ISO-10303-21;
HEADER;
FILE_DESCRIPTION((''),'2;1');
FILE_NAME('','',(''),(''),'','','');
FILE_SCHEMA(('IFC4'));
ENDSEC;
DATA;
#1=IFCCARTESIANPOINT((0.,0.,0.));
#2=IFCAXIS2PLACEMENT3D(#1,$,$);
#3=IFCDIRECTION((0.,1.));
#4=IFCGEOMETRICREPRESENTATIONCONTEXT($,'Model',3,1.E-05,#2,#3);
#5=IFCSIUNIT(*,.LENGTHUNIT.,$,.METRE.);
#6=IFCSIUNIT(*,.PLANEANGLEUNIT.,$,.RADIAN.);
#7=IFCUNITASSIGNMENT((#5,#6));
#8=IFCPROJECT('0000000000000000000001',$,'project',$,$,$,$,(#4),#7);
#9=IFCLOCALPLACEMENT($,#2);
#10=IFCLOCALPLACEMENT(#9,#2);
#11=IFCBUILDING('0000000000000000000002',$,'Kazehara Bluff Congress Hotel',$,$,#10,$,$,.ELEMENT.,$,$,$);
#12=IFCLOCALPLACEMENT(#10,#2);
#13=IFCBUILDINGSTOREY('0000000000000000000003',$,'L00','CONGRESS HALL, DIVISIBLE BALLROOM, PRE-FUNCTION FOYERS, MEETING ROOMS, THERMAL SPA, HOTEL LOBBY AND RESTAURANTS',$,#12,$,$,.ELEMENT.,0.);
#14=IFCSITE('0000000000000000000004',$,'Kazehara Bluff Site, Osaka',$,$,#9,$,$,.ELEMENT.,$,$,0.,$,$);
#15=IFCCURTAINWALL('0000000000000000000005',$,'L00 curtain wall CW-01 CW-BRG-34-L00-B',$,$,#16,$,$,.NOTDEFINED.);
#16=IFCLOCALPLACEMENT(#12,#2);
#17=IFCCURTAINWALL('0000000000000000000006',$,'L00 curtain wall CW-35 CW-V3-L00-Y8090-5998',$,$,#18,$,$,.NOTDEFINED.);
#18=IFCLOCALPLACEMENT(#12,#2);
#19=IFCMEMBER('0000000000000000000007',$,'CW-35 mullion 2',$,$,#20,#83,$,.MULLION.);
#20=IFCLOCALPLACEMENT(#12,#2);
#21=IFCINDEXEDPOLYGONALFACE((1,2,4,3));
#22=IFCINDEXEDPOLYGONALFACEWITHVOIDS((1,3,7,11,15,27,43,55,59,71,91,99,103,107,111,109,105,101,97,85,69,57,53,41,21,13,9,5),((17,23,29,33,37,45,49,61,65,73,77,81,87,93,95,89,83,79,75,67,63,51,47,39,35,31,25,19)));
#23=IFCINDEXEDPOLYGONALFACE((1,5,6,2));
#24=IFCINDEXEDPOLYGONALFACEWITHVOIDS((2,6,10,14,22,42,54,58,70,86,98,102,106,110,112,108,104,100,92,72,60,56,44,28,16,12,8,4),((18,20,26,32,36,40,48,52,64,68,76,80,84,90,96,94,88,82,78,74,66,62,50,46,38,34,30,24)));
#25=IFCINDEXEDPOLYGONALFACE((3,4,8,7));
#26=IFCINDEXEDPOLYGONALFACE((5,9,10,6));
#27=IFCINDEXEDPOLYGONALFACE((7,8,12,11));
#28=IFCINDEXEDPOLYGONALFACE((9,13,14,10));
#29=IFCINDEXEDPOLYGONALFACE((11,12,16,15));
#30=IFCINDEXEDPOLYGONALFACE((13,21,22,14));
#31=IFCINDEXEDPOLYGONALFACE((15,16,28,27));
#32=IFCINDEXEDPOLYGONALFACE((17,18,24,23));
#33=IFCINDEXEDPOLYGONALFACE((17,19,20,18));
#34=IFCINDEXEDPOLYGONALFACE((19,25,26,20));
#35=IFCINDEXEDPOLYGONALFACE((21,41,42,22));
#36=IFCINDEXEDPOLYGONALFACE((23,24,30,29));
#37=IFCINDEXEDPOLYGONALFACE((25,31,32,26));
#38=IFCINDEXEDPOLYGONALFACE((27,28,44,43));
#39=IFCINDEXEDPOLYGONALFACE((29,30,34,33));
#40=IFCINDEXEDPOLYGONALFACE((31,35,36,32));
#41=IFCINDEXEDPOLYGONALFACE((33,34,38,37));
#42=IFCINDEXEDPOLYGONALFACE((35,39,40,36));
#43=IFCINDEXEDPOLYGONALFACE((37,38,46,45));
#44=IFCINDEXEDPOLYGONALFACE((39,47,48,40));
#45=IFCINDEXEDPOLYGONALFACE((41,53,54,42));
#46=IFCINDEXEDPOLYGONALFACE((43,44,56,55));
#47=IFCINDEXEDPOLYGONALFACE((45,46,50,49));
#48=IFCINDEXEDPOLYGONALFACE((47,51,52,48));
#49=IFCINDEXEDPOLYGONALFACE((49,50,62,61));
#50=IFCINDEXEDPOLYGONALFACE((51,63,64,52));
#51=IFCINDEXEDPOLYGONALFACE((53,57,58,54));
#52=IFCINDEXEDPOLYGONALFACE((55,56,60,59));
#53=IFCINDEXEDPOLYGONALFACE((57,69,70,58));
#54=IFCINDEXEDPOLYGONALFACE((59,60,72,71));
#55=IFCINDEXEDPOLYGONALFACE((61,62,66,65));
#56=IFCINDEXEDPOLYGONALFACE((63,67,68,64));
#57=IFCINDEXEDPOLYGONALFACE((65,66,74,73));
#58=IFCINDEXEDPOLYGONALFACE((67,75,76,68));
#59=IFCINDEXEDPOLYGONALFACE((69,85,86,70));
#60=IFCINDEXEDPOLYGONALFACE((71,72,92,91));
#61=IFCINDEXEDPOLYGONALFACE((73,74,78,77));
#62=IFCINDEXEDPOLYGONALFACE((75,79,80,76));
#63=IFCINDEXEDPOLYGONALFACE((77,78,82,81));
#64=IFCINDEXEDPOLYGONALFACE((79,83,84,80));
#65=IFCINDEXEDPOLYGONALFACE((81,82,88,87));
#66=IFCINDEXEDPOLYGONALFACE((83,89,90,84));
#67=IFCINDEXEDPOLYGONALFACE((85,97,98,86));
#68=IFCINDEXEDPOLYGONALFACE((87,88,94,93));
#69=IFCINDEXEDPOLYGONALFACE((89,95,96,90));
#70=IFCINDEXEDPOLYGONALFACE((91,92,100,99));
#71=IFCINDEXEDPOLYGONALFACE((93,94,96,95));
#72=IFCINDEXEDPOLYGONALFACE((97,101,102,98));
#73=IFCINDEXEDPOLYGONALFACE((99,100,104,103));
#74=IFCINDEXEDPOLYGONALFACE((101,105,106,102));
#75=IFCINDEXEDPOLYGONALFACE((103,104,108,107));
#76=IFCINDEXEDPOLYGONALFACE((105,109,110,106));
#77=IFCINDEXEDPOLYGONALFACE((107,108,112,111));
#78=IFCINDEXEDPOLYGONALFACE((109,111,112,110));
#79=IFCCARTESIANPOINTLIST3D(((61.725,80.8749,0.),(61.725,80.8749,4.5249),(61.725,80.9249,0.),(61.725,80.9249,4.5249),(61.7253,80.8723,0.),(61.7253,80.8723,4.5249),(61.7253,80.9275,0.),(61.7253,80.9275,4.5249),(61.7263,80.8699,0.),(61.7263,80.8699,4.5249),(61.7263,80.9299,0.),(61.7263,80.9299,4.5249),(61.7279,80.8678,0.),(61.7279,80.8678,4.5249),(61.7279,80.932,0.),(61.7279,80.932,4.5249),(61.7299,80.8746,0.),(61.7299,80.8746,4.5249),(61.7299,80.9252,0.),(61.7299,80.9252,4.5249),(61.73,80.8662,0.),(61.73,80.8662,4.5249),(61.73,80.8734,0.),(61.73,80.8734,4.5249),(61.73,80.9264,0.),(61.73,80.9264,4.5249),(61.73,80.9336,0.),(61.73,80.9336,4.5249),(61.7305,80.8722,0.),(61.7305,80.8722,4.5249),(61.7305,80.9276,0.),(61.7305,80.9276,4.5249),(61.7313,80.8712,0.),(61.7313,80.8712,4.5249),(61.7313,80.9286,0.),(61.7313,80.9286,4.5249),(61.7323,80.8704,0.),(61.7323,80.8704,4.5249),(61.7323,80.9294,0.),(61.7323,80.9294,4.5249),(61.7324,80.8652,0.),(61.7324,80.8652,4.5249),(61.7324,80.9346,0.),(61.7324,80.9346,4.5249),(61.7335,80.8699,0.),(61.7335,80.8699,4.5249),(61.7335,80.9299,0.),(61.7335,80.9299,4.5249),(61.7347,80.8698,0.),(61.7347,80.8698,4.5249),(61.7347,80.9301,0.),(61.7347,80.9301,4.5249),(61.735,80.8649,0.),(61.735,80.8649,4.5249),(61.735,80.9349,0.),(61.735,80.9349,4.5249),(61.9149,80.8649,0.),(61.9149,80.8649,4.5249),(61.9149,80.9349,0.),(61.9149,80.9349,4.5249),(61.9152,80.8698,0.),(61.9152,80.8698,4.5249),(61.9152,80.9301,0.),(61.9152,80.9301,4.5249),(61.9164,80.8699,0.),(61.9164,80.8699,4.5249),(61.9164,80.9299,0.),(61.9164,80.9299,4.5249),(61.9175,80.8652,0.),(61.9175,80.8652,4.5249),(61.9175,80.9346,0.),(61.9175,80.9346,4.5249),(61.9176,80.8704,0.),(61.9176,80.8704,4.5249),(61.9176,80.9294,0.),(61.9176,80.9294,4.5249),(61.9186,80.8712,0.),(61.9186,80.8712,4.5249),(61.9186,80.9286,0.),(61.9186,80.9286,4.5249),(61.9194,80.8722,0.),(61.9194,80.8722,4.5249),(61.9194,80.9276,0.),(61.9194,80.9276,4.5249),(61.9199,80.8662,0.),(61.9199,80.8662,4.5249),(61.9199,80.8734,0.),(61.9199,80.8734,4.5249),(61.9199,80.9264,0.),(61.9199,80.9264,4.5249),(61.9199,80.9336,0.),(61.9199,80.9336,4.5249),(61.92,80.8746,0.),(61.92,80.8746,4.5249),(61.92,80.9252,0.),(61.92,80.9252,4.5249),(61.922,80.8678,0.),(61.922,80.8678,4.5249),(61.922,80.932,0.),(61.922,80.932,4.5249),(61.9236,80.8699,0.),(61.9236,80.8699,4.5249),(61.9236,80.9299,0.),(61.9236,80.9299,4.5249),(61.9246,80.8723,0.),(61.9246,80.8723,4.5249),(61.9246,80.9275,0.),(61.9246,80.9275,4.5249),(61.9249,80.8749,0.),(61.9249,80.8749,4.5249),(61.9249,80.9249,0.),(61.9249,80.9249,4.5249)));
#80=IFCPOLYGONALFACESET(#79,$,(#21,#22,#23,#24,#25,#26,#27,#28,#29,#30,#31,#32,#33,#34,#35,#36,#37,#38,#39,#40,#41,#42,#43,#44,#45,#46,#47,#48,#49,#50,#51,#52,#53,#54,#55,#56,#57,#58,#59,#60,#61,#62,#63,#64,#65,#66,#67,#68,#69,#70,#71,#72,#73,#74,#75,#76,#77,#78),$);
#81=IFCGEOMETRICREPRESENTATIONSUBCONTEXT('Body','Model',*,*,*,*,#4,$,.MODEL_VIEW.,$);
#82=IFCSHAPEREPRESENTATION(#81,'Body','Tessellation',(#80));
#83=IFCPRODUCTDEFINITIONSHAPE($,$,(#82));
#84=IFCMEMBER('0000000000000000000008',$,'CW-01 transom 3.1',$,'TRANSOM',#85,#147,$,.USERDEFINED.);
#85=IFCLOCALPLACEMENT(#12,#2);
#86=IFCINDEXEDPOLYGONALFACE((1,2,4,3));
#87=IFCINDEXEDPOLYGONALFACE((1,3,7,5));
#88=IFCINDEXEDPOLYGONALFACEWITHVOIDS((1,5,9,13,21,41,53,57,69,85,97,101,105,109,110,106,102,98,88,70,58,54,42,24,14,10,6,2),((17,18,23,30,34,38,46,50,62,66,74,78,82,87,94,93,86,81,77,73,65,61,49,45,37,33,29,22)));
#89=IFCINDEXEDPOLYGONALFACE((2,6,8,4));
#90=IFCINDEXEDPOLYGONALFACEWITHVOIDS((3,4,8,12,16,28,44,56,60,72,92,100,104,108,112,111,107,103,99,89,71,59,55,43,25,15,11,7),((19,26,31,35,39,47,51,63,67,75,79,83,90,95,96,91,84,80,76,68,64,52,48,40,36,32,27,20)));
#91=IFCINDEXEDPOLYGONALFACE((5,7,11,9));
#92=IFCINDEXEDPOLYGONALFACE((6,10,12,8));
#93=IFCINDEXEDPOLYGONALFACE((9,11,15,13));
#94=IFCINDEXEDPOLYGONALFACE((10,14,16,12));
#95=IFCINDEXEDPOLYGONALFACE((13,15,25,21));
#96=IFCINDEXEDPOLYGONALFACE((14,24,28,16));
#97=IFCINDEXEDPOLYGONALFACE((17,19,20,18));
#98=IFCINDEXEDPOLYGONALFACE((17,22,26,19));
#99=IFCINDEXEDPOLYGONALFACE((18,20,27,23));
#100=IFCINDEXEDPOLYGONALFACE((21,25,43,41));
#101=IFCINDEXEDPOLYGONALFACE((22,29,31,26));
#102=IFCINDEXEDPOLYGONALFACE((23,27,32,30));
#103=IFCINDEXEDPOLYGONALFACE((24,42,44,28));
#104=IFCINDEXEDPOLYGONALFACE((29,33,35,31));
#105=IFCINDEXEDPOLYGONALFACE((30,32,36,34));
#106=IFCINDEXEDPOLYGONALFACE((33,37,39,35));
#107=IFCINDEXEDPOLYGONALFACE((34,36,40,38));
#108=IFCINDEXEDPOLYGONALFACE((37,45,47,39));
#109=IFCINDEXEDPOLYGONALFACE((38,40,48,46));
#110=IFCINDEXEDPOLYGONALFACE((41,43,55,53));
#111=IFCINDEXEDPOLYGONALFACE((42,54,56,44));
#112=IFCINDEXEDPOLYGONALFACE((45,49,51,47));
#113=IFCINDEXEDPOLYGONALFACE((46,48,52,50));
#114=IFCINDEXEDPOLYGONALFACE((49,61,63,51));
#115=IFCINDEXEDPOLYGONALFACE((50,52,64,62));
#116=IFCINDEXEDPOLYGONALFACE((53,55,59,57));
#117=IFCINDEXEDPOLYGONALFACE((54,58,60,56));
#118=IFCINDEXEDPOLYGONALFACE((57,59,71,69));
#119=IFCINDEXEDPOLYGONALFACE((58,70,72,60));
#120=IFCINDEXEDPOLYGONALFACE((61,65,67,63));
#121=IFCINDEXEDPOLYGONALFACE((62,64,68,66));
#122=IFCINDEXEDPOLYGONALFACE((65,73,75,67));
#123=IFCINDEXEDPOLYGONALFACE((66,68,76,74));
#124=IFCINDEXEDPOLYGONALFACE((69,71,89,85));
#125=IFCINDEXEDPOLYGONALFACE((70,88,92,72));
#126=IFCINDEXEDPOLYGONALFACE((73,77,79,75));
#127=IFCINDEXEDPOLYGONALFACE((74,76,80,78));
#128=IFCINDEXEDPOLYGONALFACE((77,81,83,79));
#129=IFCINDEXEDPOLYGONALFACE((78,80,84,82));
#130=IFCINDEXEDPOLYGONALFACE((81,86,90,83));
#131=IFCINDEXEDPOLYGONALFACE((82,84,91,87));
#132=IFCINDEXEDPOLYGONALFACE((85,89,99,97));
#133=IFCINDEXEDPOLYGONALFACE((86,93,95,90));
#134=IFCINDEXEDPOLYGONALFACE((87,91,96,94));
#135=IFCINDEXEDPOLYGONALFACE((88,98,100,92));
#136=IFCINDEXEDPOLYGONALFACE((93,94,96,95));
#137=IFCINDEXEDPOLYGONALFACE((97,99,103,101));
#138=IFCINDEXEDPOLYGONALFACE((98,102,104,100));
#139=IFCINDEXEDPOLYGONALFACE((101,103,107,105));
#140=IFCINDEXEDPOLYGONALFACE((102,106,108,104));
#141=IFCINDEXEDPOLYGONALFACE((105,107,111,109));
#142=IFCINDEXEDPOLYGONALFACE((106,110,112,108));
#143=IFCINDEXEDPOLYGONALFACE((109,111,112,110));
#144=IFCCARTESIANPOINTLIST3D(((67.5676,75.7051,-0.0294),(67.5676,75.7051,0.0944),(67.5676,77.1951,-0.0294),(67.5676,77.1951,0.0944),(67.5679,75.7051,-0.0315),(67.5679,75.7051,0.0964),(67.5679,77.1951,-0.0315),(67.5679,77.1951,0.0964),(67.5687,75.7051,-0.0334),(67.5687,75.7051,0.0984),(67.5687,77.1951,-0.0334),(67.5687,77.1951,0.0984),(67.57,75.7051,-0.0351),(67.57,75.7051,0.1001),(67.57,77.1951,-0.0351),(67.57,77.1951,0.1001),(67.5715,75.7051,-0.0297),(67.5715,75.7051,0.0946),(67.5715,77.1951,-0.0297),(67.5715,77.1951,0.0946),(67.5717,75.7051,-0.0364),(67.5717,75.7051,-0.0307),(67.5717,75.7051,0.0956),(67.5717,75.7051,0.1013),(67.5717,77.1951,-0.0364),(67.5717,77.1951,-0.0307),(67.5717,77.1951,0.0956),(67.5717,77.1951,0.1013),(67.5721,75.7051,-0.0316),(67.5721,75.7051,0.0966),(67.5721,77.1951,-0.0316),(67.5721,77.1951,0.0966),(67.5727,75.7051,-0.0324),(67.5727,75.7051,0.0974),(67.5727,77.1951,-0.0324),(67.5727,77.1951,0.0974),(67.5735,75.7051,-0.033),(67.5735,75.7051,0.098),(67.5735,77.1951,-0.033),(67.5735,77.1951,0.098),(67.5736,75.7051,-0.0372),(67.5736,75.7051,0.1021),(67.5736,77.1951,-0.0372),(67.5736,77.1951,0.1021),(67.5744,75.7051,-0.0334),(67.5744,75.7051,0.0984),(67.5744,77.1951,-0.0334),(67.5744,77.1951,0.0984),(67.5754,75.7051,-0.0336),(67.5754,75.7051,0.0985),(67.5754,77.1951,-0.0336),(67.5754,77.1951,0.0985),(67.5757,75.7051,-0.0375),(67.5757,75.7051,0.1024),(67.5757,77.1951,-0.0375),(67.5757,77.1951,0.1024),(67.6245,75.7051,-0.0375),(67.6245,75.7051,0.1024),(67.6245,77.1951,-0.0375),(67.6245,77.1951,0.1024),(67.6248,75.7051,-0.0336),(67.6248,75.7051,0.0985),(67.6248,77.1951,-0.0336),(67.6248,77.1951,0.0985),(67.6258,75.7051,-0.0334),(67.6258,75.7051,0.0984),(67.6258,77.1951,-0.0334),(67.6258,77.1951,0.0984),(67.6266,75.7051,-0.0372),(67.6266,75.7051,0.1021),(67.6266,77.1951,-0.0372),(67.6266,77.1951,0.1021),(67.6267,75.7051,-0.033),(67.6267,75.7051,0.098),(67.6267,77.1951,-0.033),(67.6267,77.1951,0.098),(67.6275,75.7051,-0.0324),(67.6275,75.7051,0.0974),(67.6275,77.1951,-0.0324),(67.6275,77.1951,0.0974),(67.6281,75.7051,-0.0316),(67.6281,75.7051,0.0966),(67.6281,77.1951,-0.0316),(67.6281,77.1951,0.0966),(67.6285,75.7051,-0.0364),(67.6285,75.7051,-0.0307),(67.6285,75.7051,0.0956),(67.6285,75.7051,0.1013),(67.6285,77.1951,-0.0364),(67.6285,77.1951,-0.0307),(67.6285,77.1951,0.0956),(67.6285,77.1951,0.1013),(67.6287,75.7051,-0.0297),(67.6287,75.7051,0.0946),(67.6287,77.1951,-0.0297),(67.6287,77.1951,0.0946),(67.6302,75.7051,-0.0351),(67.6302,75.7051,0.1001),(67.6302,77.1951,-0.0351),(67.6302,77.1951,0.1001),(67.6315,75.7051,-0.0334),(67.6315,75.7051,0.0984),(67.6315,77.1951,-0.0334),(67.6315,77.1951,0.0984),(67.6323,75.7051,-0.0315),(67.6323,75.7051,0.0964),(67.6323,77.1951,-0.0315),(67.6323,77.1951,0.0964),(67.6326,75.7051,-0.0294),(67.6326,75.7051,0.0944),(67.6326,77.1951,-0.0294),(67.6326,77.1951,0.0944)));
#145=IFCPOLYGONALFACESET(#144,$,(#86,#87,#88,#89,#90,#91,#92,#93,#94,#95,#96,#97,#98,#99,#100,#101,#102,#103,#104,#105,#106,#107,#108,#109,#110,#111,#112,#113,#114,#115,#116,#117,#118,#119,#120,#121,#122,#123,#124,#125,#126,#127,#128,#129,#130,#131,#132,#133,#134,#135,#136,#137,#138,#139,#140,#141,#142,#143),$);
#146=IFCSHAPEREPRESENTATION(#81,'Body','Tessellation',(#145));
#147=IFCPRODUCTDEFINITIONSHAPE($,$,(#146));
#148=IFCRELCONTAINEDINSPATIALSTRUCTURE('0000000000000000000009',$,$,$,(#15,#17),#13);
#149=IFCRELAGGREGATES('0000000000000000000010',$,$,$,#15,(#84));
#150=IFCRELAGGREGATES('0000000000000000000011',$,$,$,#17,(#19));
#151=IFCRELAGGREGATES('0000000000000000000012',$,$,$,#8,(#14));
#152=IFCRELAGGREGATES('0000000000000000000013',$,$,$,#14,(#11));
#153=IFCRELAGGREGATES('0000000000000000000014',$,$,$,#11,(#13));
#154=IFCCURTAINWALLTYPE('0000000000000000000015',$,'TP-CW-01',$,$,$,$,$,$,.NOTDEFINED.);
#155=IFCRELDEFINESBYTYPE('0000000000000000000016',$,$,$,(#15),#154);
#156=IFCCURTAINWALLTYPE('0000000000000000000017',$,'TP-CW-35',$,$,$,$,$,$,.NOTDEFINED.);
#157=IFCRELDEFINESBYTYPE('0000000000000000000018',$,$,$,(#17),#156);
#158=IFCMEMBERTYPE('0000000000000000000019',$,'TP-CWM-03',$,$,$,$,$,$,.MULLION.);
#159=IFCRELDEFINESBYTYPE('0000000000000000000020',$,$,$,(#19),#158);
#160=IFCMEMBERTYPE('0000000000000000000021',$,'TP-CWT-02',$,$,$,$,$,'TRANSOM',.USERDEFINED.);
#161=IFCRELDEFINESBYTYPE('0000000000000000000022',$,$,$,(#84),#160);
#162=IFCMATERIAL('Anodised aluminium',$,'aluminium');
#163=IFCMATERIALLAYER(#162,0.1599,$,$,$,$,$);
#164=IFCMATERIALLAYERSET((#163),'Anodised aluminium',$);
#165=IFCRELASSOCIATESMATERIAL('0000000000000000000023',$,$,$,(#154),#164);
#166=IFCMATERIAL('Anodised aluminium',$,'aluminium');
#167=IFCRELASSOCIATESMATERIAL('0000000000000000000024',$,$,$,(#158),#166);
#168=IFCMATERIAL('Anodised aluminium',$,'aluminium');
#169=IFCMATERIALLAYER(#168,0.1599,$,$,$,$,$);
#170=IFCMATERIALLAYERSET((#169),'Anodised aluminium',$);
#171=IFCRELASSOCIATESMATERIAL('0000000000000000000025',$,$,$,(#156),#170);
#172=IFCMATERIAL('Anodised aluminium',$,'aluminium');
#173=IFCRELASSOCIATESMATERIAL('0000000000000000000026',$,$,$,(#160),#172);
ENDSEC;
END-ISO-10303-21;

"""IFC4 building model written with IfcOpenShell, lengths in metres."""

from ifc_helpers import new_model, si_unit, direction, frame, origin, origin_2d, place, context, subcontext, project, spatial, hollow_rectangle, extrude, material, layer, layer_set, material_profile, profile_set, type_object, element, aggregate, save


model = new_model("IFC4")

# Units and contexts
model_context = context("Model", 3, precision=1e-05, world=origin(), true_north=direction((0.0, 1.0)))
body_context = subcontext(model_context, "Body", "Model", "MODEL_VIEW")
ifc_project = project(units=[si_unit("LENGTHUNIT", "METRE"), si_unit("PLANEANGLEUNIT", "RADIAN")], contexts=[model_context])

# Site, building, storey
site_placement = place(None, origin())
site = spatial("IfcSite", under=ifc_project, at=site_placement, Name="Kazehara Bluff Site, Osaka", CompositionType="ELEMENT", RefElevation=0.0)
building_placement = place(site_placement, origin())
building = spatial("IfcBuilding", under=site, at=building_placement, Name="Kazehara Bluff Congress Hotel", CompositionType="ELEMENT")
storey_placement = place(building_placement, origin())
storey = spatial("IfcBuildingStorey", under=building, at=storey_placement, Name="L00", Description="CONGRESS HALL, DIVISIBLE BALLROOM, PRE-FUNCTION FOYERS, MEETING ROOMS, THERMAL SPA, HOTEL LOBBY AND RESTAURANTS", CompositionType="ELEMENT", Elevation=0.0)

# Curtain walls, member
ifc_material_1 = material(Name="Anodised aluminium", Category="aluminium")
ifc_layer_1 = layer(ifc_material_1, 0.1599)
ifc_layer_set_1 = layer_set([ifc_layer_1], Name="Anodised aluminium")
curtain_wall_type_1 = type_object("IfcCurtainWallType", Name="TP-CW-01", PredefinedType="NOTDEFINED", material=ifc_layer_set_1)
curtain_wall_1_placement = place(storey_placement, origin())
curtain_wall_1 = element("IfcCurtainWall", 1, at=curtain_wall_1_placement, inside=storey, type_object=curtain_wall_type_1, Name="L00 curtain wall CW-01 CW-BRG-34-L00-B", PredefinedType="NOTDEFINED")
ifc_material_2 = material(Name="Anodised aluminium", Category="aluminium")
ifc_material_profile_1 = material_profile(ifc_material_2, hollow_rectangle(XDim=0.0701, YDim=0.2, WallThickness=0.0049, InnerFilletRadius=0.0049, OuterFilletRadius=0.01, at=origin_2d()))
ifc_profile_set_1 = profile_set([ifc_material_profile_1], Name="Anodised aluminium")
member_type_1 = type_object("IfcMemberType", Name="TP-CWM-03", PredefinedType="MULLION", material=ifc_profile_set_1)
ifc_material_3 = material(Name="Anodised aluminium", Category="aluminium")
ifc_layer_2 = layer(ifc_material_3, 0.1599)
ifc_layer_set_2 = layer_set([ifc_layer_2], Name="Anodised aluminium")
curtain_wall_type_2 = type_object("IfcCurtainWallType", Name="TP-CW-35", PredefinedType="NOTDEFINED", material=ifc_layer_set_2)
curtain_wall_2_placement = place(storey_placement, origin())
curtain_wall_2 = element("IfcCurtainWall", 2, at=curtain_wall_2_placement, inside=storey, type_object=curtain_wall_type_2, Name="L00 curtain wall CW-35 CW-V3-L00-Y8090-5998", PredefinedType="NOTDEFINED")
member_1_placement = place(storey_placement, frame((61.825, 80.8999, 0.0), z_axis=(0.0, 0.0, 1.0), x_axis=(0.0, 1.0, 0.0)))
member_1 = element("IfcMember", 3, at=member_1_placement, type_object=member_type_1, Name="CW-35 mullion 2", PredefinedType="MULLION", context=body_context, shape_type="SweptSolid", body=[
    extrude(hollow_rectangle(XDim=0.0701, YDim=0.2, WallThickness=0.0049, InnerFilletRadius=0.0049, OuterFilletRadius=0.01, at=origin_2d()), origin(), (0.0, 0.0, 1.0), 4.5249),
])

# Member
ifc_material_4 = material(Name="Anodised aluminium", Category="aluminium")
ifc_material_profile_2 = material_profile(ifc_material_4, hollow_rectangle(XDim=0.0649, YDim=0.1399, WallThickness=0.0039, InnerFilletRadius=0.0039, OuterFilletRadius=0.0081, at=origin_2d()))
ifc_profile_set_2 = profile_set([ifc_material_profile_2], Name="Anodised aluminium")
member_type_2 = type_object("IfcMemberType", Name="TP-CWT-02", ElementType="TRANSOM", PredefinedType="USERDEFINED", material=ifc_profile_set_2)
member_2_placement = place(storey_placement, frame((67.6001, 75.7051, 0.0325), z_axis=(0.0, 1.0, 0.0), x_axis=(-1.0, 0.0, 0.0)))
member_2 = element("IfcMember", 4, at=member_2_placement, type_object=member_type_2, Name="CW-01 transom 3.1", ObjectType="TRANSOM", PredefinedType="USERDEFINED", context=body_context, shape_type="SweptSolid", body=[
    extrude(hollow_rectangle(XDim=0.0649, YDim=0.1399, WallThickness=0.0039, InnerFilletRadius=0.0039, OuterFilletRadius=0.0081, at=origin_2d()), origin(), (0.0, 0.0, 1.0), 1.49),
])

aggregate(curtain_wall_1, [member_2])
aggregate(curtain_wall_2, [member_1])

save(model, "model.ifc")
